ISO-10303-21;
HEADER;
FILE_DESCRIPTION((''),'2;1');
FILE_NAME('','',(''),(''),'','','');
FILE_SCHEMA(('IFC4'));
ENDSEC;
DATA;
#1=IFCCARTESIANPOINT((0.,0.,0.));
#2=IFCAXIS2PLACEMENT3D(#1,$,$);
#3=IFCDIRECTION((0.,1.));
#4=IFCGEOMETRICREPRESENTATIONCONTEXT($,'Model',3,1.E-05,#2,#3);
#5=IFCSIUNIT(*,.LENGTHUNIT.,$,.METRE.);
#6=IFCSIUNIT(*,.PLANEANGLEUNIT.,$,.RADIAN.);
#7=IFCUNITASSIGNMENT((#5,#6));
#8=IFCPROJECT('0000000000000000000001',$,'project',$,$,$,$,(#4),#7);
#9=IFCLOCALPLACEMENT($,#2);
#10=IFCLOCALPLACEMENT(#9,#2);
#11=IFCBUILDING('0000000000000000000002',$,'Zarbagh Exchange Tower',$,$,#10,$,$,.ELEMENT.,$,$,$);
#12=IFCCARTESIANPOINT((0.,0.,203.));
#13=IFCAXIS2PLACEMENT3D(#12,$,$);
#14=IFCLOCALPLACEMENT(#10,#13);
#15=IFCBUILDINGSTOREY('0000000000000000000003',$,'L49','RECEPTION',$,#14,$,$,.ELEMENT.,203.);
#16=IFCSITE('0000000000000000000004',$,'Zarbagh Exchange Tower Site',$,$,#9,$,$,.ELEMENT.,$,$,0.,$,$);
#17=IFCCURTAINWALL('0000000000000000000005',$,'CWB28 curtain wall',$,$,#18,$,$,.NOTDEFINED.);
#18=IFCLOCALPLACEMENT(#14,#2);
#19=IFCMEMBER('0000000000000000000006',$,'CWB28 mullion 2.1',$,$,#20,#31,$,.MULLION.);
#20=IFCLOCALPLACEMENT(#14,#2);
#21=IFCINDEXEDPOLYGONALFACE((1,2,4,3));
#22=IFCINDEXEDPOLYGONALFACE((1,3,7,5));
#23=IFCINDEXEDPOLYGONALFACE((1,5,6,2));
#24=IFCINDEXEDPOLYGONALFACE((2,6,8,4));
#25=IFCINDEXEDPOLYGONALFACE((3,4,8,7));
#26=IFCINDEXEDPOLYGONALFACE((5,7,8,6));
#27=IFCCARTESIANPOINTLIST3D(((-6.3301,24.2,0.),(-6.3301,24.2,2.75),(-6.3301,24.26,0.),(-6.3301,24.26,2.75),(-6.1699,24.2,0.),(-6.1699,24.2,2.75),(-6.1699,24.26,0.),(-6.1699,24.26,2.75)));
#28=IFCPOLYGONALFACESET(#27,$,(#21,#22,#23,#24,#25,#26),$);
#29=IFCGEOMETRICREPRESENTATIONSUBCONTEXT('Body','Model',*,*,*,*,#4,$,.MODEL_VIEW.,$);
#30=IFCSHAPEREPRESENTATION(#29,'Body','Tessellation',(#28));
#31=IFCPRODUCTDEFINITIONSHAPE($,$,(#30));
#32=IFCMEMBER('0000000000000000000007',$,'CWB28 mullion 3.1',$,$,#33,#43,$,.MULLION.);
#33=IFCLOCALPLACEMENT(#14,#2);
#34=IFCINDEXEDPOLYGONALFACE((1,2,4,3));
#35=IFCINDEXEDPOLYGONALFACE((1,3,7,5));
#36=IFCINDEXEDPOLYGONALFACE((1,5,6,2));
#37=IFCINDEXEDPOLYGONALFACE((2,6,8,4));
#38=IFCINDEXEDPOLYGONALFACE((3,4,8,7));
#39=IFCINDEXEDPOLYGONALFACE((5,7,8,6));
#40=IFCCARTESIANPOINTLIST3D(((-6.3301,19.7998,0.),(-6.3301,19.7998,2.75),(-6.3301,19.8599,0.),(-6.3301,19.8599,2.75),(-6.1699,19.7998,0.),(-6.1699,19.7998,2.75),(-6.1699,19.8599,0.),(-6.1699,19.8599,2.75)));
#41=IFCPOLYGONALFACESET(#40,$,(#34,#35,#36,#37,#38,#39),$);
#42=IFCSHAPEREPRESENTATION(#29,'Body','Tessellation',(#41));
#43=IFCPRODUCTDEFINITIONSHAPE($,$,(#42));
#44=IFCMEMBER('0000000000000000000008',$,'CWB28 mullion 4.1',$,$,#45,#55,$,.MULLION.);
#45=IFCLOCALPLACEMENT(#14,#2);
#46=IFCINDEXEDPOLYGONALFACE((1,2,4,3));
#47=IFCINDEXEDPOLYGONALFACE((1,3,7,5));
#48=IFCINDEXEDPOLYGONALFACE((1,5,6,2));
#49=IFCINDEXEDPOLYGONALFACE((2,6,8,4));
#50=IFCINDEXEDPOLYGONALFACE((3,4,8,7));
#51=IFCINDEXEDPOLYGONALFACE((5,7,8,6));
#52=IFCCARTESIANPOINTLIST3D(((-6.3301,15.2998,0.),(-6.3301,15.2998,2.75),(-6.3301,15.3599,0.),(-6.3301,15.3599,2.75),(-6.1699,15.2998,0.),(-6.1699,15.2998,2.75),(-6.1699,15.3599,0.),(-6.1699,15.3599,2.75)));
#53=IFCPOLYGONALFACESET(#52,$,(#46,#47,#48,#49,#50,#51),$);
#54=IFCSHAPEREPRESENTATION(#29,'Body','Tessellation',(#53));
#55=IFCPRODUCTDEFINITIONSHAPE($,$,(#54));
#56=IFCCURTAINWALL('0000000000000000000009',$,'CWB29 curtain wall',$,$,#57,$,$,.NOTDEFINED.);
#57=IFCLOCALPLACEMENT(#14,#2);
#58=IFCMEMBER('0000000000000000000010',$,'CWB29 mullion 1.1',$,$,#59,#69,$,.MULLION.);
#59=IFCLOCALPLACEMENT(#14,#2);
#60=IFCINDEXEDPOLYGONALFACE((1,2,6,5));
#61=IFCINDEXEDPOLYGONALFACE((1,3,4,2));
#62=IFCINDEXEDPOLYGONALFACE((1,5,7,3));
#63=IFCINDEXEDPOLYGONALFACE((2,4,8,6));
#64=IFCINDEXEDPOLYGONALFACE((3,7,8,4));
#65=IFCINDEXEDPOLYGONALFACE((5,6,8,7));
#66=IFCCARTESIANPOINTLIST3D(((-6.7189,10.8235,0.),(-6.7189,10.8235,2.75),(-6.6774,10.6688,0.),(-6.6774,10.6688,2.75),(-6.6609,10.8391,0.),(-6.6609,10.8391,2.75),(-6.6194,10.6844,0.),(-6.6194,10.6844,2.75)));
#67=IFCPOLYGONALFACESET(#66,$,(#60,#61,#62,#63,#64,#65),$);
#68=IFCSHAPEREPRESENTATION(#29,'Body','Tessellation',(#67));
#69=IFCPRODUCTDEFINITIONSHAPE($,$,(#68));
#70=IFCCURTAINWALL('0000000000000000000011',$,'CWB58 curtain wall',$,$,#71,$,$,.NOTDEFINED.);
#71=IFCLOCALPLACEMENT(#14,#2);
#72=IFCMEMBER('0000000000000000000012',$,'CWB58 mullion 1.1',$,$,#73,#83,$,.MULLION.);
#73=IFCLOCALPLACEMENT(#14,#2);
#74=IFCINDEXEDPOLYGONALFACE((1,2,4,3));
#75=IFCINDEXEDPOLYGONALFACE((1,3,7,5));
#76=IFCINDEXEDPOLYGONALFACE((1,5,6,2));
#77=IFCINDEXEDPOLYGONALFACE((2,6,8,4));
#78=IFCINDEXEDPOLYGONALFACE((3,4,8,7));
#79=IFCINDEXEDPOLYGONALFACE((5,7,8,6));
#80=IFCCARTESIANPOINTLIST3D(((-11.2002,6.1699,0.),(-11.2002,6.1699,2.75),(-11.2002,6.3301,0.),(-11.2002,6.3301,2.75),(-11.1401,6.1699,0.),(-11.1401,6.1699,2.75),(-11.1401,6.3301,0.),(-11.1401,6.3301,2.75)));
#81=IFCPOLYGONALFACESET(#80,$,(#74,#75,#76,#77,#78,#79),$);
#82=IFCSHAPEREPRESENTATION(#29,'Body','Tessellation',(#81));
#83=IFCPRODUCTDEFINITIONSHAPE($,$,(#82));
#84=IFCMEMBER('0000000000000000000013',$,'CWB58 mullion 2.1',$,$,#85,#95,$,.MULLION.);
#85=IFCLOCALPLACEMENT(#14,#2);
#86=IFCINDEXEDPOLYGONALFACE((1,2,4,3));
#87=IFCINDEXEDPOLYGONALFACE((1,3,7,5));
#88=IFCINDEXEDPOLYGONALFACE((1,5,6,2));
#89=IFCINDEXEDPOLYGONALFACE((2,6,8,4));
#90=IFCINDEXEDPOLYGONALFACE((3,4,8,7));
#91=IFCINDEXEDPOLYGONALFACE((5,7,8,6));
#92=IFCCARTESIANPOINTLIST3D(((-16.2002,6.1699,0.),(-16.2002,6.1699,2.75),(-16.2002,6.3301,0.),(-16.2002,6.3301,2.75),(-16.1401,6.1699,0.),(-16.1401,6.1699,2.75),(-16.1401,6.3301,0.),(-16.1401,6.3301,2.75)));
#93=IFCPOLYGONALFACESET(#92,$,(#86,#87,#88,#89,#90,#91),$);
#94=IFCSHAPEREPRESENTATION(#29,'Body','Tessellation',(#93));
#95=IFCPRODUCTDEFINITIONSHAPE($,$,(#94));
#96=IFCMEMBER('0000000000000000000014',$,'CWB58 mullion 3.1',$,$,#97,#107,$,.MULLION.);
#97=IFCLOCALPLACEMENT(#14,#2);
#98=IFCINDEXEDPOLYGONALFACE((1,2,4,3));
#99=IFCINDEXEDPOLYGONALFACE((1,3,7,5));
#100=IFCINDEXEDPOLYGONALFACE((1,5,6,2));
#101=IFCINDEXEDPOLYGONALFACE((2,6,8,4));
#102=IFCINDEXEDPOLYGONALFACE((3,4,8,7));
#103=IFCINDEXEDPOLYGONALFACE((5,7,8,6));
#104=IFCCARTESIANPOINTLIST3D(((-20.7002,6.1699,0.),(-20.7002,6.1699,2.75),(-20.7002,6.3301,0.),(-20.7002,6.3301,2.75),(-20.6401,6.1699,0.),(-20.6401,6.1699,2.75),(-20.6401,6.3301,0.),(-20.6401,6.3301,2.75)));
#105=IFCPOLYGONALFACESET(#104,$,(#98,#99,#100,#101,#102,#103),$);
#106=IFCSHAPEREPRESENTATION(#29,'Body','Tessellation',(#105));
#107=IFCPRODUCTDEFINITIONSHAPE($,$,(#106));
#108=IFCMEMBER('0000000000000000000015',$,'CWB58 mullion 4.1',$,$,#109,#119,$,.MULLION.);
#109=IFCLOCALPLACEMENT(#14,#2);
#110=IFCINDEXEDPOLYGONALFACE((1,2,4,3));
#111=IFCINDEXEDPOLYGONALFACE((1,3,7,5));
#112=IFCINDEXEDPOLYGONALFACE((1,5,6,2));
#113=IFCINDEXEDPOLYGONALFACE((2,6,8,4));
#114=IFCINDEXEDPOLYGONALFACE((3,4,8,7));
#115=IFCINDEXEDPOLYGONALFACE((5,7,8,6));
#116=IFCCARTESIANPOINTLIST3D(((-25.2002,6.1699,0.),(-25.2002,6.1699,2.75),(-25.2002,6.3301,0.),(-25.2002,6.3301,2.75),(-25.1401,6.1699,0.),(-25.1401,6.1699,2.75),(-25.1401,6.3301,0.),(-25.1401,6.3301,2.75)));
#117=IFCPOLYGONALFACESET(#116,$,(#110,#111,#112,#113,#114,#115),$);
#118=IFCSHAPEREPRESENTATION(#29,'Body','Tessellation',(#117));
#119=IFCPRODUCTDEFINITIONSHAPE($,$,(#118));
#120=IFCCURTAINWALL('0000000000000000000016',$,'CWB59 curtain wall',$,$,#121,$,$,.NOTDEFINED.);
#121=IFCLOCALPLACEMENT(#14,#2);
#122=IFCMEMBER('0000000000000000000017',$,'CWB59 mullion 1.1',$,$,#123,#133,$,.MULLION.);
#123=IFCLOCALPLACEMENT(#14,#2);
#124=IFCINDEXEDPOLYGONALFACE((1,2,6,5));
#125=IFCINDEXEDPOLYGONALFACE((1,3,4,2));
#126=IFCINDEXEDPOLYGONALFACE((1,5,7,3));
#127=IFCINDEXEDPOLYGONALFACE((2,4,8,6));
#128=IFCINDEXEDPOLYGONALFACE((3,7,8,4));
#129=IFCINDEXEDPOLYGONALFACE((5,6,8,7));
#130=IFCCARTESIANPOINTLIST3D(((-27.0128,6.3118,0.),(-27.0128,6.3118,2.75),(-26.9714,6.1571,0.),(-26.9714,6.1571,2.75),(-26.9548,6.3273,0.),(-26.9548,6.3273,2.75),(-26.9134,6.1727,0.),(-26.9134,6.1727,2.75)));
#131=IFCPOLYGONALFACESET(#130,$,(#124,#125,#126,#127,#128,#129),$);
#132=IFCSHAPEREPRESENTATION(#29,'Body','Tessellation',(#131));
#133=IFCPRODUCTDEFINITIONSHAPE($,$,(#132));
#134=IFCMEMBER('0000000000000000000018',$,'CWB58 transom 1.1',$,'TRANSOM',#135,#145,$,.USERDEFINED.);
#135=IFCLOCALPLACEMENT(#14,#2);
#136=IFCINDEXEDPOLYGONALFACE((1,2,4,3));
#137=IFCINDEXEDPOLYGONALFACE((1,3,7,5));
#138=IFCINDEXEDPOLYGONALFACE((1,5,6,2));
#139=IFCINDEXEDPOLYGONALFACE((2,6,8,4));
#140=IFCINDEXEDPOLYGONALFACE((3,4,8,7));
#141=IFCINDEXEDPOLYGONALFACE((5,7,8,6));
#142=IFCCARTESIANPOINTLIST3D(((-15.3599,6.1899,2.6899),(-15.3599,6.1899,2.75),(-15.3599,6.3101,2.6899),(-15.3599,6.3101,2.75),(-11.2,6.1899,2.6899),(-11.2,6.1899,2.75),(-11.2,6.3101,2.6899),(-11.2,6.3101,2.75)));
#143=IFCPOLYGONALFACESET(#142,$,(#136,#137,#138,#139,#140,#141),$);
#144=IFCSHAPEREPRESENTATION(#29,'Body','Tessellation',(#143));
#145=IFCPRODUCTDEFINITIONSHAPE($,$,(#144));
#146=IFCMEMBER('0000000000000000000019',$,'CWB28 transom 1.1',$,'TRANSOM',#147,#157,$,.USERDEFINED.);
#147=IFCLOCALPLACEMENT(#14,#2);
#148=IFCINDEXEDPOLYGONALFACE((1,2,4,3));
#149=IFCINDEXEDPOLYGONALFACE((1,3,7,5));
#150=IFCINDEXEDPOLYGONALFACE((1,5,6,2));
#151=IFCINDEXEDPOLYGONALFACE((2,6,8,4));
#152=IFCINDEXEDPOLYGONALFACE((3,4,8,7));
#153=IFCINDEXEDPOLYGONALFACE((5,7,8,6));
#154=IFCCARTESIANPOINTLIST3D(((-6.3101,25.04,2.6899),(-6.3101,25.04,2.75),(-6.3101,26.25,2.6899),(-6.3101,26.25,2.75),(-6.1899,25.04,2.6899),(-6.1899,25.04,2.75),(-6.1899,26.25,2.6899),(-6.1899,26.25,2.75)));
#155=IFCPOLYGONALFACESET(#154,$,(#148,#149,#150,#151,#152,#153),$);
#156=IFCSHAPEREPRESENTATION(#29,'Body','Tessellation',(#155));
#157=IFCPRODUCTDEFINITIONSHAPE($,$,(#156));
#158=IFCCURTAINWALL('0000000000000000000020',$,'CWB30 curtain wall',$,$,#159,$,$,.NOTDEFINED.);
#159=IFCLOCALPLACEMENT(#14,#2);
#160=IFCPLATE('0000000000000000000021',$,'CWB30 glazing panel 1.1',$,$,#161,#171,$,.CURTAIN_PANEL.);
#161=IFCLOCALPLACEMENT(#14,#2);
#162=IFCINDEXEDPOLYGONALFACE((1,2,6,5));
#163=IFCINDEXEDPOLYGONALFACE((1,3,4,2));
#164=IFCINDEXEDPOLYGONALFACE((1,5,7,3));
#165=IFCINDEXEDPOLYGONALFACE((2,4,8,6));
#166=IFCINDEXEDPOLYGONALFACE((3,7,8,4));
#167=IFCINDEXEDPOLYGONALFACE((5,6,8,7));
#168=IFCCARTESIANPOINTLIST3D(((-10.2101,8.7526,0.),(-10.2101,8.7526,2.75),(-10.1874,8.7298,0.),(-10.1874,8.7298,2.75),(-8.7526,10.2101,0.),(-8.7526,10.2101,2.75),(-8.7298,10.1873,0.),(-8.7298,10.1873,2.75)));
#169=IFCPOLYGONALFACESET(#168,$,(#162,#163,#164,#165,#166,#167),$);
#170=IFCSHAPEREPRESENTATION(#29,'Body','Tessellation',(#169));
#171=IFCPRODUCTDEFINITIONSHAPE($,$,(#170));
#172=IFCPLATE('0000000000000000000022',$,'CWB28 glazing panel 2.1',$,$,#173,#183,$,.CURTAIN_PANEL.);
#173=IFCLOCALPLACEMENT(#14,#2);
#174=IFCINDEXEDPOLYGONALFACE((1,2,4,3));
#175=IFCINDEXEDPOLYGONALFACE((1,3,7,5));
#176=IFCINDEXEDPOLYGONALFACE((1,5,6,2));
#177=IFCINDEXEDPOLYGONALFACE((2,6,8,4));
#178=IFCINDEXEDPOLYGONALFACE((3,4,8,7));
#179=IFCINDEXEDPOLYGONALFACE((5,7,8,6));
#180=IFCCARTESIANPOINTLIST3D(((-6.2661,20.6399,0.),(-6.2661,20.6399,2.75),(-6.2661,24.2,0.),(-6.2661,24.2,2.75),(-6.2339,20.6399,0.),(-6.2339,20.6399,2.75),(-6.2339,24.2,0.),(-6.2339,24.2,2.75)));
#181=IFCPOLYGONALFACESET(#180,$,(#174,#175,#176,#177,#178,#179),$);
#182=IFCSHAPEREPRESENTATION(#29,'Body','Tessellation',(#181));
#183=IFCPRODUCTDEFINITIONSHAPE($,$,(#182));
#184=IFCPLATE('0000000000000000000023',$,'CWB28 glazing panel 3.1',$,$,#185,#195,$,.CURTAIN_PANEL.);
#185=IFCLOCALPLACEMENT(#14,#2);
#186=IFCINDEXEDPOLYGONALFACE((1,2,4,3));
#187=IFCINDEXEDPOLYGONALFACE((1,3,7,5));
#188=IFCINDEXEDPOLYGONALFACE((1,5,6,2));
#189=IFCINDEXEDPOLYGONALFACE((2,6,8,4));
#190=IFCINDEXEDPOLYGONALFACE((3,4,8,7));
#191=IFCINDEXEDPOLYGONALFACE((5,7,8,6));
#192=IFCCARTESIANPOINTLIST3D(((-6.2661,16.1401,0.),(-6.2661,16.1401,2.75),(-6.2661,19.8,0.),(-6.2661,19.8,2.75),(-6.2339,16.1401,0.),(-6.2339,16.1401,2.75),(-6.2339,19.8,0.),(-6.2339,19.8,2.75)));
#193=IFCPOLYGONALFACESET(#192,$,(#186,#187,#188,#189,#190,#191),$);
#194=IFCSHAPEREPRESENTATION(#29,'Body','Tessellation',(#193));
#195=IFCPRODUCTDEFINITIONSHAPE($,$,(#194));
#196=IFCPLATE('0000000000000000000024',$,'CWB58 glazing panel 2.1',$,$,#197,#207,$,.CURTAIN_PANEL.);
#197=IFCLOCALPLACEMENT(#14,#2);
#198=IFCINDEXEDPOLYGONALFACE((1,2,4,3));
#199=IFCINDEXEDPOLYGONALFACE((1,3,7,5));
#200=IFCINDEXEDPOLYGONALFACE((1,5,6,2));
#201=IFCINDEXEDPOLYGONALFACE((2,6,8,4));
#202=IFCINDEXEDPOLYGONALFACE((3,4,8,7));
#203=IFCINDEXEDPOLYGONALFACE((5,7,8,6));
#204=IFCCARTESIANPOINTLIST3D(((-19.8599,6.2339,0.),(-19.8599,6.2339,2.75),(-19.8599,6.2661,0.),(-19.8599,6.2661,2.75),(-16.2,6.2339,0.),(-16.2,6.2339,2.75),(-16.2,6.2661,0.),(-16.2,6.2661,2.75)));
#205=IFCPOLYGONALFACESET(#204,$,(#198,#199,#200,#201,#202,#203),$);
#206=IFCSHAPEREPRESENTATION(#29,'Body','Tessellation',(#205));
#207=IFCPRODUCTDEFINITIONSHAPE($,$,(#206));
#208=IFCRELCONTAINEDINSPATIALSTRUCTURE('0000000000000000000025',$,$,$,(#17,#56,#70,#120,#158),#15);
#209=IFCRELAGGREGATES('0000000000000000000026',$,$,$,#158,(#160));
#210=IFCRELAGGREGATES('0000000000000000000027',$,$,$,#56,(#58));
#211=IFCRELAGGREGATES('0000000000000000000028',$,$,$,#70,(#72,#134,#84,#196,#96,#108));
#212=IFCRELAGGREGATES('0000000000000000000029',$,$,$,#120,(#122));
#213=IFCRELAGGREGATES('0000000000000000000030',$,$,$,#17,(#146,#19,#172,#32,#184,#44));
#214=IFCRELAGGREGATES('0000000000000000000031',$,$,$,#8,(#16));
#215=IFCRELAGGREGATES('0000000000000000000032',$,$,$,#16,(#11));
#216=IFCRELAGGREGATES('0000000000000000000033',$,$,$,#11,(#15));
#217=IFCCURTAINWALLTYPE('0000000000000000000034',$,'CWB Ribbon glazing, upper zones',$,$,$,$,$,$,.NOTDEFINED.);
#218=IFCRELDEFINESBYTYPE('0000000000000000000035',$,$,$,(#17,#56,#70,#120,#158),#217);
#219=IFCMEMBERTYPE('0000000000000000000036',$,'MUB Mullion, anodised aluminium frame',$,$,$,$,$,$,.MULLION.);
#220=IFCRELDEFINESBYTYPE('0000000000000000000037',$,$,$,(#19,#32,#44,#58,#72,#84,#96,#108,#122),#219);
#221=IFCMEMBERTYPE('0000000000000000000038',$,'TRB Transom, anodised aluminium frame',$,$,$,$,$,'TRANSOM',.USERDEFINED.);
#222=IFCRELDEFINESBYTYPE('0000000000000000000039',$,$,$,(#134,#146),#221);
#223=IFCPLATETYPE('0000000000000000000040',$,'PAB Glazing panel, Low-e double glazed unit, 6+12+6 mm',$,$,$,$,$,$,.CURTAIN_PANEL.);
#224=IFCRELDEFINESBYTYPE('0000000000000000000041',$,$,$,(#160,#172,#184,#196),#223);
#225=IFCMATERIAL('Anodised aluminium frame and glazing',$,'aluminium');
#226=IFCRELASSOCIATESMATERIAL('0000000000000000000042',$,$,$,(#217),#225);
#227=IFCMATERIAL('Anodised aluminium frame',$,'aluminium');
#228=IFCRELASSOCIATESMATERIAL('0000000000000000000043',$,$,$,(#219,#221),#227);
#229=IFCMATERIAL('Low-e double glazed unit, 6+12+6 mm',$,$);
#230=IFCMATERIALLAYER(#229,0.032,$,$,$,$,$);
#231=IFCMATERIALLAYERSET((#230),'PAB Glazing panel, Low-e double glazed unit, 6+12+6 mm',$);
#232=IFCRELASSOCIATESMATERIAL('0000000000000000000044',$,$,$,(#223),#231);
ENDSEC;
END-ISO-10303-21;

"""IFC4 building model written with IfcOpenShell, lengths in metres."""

from ifc_helpers import new_model, si_unit, direction, frame, origin, place, context, subcontext, project, spatial, polyline, outline, extrude, source, transform, mapped, material, layer, layer_set, type_object, element, aggregate, save


model = new_model("IFC4")

# Units and contexts
model_context = context("Model", 3, precision=1e-05, world=origin(), true_north=direction((0.0, 1.0)))
body_context = subcontext(model_context, "Body", "Model", "MODEL_VIEW")
ifc_project = project(units=[si_unit("LENGTHUNIT", "METRE"), si_unit("PLANEANGLEUNIT", "RADIAN")], contexts=[model_context])

# Site, building, storey
site_placement = place(None, origin())
site = spatial("IfcSite", under=ifc_project, at=site_placement, Name="Zarbagh Exchange Tower Site", CompositionType="ELEMENT", RefElevation=0.0)
building_placement = place(site_placement, origin())
building = spatial("IfcBuilding", under=site, at=building_placement, Name="Zarbagh Exchange Tower", CompositionType="ELEMENT")
storey_placement = place(building_placement, frame((0.0, 0.0, 203.0)))
storey = spatial("IfcBuildingStorey", under=building, at=storey_placement, Name="L49", Description="RECEPTION", CompositionType="ELEMENT", Elevation=203.0)

# Curtain wall, members
ifc_material_1 = material(Name="Anodised aluminium frame and glazing", Category="aluminium")
curtain_wall_type = type_object("IfcCurtainWallType", Name="CWB Ribbon glazing, upper zones", PredefinedType="NOTDEFINED", material=ifc_material_1)
curtain_wall_1_placement = place(storey_placement, origin())
curtain_wall_1 = element("IfcCurtainWall", 1, at=curtain_wall_1_placement, inside=storey, type_object=curtain_wall_type, Name="CWB28 curtain wall", PredefinedType="NOTDEFINED")
ifc_material_2 = material(Name="Anodised aluminium frame", Category="aluminium")
member_type_1 = type_object("IfcMemberType", Name="MUB Mullion, anodised aluminium frame", PredefinedType="MULLION", material=ifc_material_2)
shared_shape_1 = source(origin(), body_context, "Body", "SweptSolid", [
    extrude(outline(polyline([(0.0, -0.0801), (0.0601, -0.0801), (0.0601, 0.0801), (0.0, 0.0801), (0.0, -0.0801)])), origin(), (0.0, 0.0, 1.0), 2.75),
])
placement = place(storey_placement, origin())
member_1 = element("IfcMember", 2, at=placement, type_object=member_type_1, Name="CWB28 mullion 2.1", PredefinedType="MULLION", context=body_context, shape_type="MappedRepresentation", body=[
    mapped(shared_shape_1, transform((-6.25, 24.26, 0.0), x_axis=(0.0, -1.0, 0.0), y_axis=(1.0, 0.0, 0.0), z_axis=(0.0, 0.0, 1.0))),
])
member_2 = element("IfcMember", 3, at=placement, type_object=member_type_1, Name="CWB28 mullion 3.1", PredefinedType="MULLION", context=body_context, shape_type="MappedRepresentation", body=[
    mapped(shared_shape_1, transform((-6.25, 19.8599, 0.0), x_axis=(0.0, -1.0, 0.0), y_axis=(1.0, 0.0, 0.0), z_axis=(0.0, 0.0, 1.0))),
])
member_3 = element("IfcMember", 4, at=placement, type_object=member_type_1, Name="CWB28 mullion 4.1", PredefinedType="MULLION", context=body_context, shape_type="MappedRepresentation", body=[
    mapped(shared_shape_1, transform((-6.25, 15.3599, 0.0), x_axis=(0.0, -1.0, 0.0), y_axis=(1.0, 0.0, 0.0), z_axis=(0.0, 0.0, 1.0))),
])

# Curtain wall, member
curtain_wall_2_placement = place(storey_placement, origin())
curtain_wall_2 = element("IfcCurtainWall", 5, at=curtain_wall_2_placement, inside=storey, type_object=curtain_wall_type, Name="CWB29 curtain wall", PredefinedType="NOTDEFINED")
member_4 = element("IfcMember", 6, at=placement, type_object=member_type_1, Name="CWB29 mullion 1.1", PredefinedType="MULLION", context=body_context, shape_type="MappedRepresentation", body=[
    mapped(shared_shape_1, transform((-6.6401, 10.7617, 0.0), x_axis=(-0.965924, -0.258825, 0.0), y_axis=(0.258825, -0.965924, 0.0), z_axis=(0.0, 0.0, 1.0))),
])

# Curtain wall, members
curtain_wall_3_placement = place(storey_placement, origin())
curtain_wall_3 = element("IfcCurtainWall", 7, at=curtain_wall_3_placement, inside=storey, type_object=curtain_wall_type, Name="CWB58 curtain wall", PredefinedType="NOTDEFINED")
member_5 = element("IfcMember", 8, at=placement, type_object=member_type_1, Name="CWB58 mullion 1.1", PredefinedType="MULLION", context=body_context, shape_type="MappedRepresentation", body=[
    mapped(shared_shape_1, transform((-11.1401, 6.25, 0.0), x_axis=(-1.0, 0.0, 0.0), y_axis=(0.0, -1.0, 0.0), z_axis=(0.0, 0.0, 1.0))),
])
member_6 = element("IfcMember", 9, at=placement, type_object=member_type_1, Name="CWB58 mullion 2.1", PredefinedType="MULLION", context=body_context, shape_type="MappedRepresentation", body=[
    mapped(shared_shape_1, transform((-16.1401, 6.25, 0.0), x_axis=(-1.0, 0.0, 0.0), y_axis=(0.0, -1.0, 0.0), z_axis=(0.0, 0.0, 1.0))),
])
member_7 = element("IfcMember", 10, at=placement, type_object=member_type_1, Name="CWB58 mullion 3.1", PredefinedType="MULLION", context=body_context, shape_type="MappedRepresentation", body=[
    mapped(shared_shape_1, transform((-20.6401, 6.25, 0.0), x_axis=(-1.0, 0.0, 0.0), y_axis=(0.0, -1.0, 0.0), z_axis=(0.0, 0.0, 1.0))),
])
member_8 = element("IfcMember", 11, at=placement, type_object=member_type_1, Name="CWB58 mullion 4.1", PredefinedType="MULLION", context=body_context, shape_type="MappedRepresentation", body=[
    mapped(shared_shape_1, transform((-25.1401, 6.25, 0.0), x_axis=(-1.0, 0.0, 0.0), y_axis=(0.0, -1.0, 0.0), z_axis=(0.0, 0.0, 1.0))),
])

# Curtain wall, member
curtain_wall_4_placement = place(storey_placement, origin())
curtain_wall_4 = element("IfcCurtainWall", 12, at=curtain_wall_4_placement, inside=storey, type_object=curtain_wall_type, Name="CWB59 curtain wall", PredefinedType="NOTDEFINED")
member_9 = element("IfcMember", 13, at=placement, type_object=member_type_1, Name="CWB59 mullion 1.1", PredefinedType="MULLION", context=body_context, shape_type="MappedRepresentation", body=[
    mapped(shared_shape_1, transform((-26.9341, 6.25, 0.0), x_axis=(-0.965924, -0.258825, 0.0), y_axis=(0.258825, -0.965924, 0.0), z_axis=(0.0, 0.0, 1.0))),
])

# Members
member_type_2 = type_object("IfcMemberType", Name="TRB Transom, anodised aluminium frame", ElementType="TRANSOM", PredefinedType="USERDEFINED", material=ifc_material_2)
shared_shape_2 = source(origin(), body_context, "Body", "SweptSolid", [
    extrude(outline(polyline([(-0.0601, -0.0601), (0.0, -0.0601), (0.0, 0.0601), (-0.0601, 0.0601), (-0.0601, -0.0601)])), origin(), (0.0, 0.0, 1.0), 4.1599),
])
member_10 = element("IfcMember", 14, at=placement, type_object=member_type_2, Name="CWB58 transom 1.1", ObjectType="TRANSOM", PredefinedType="USERDEFINED", context=body_context, shape_type="MappedRepresentation", body=[
    mapped(shared_shape_2, transform((-11.2, 6.25, 2.75), x_axis=(0.0, 0.0, 1.0), y_axis=(0.0, 1.0, 0.0), z_axis=(-1.0, 0.0, 0.0))),
])
shared_shape_3 = source(origin(), body_context, "Body", "SweptSolid", [
    extrude(outline(polyline([(-0.0601, -0.0601), (0.0, -0.0601), (0.0, 0.0601), (-0.0601, 0.0601), (-0.0601, -0.0601)])), origin(), (0.0, 0.0, 1.0), 1.21),
])
member_11 = element("IfcMember", 15, at=placement, type_object=member_type_2, Name="CWB28 transom 1.1", ObjectType="TRANSOM", PredefinedType="USERDEFINED", context=body_context, shape_type="MappedRepresentation", body=[
    mapped(shared_shape_3, transform((-6.25, 26.25, 2.75), x_axis=(0.0, 0.0, 1.0), y_axis=(-1.0, 0.0, 0.0), z_axis=(0.0, -1.0, 0.0))),
])

# Curtain wall, plate
curtain_wall_5_placement = place(storey_placement, origin())
curtain_wall_5 = element("IfcCurtainWall", 16, at=curtain_wall_5_placement, inside=storey, type_object=curtain_wall_type, Name="CWB30 curtain wall", PredefinedType="NOTDEFINED")
ifc_material_3 = material(Name="Low-e double glazed unit, 6+12+6 mm")
ifc_layer = layer(ifc_material_3, 0.032)
ifc_layer_set = layer_set([ifc_layer], Name="PAB Glazing panel, Low-e double glazed unit, 6+12+6 mm")
plate_type = type_object("IfcPlateType", Name="PAB Glazing panel, Low-e double glazed unit, 6+12+6 mm", PredefinedType="CURTAIN_PANEL", material=ifc_layer_set)
shared_shape_4 = source(origin(), body_context, "Body", "SweptSolid", [
    extrude(outline(polyline([(0.0, -0.0161), (2.0613, -0.0161), (2.0613, 0.0161), (0.0, 0.0161), (0.0, -0.0161)])), origin(), (0.0, 0.0, 1.0), 2.75),
])
plate_1 = element("IfcPlate", 17, at=placement, type_object=plate_type, Name="CWB30 glazing panel 1.1", PredefinedType="CURTAIN_PANEL", context=body_context, shape_type="MappedRepresentation", body=[
    mapped(shared_shape_4, transform((-8.7412, 10.1987, 0.0), x_axis=(-0.707107, -0.707107, 0.0), y_axis=(0.707107, -0.707107, 0.0), z_axis=(0.0, 0.0, 1.0))),
])
aggregate(curtain_wall_5, [plate_1])

# Plates
shared_shape_5 = source(origin(), body_context, "Body", "SweptSolid", [
    extrude(outline(polyline([(0.0, -0.0161), (3.5601, -0.0161), (3.5601, 0.0161), (0.0, 0.0161), (0.0, -0.0161)])), origin(), (0.0, 0.0, 1.0), 2.75),
])
plate_2 = element("IfcPlate", 18, at=placement, type_object=plate_type, Name="CWB28 glazing panel 2.1", PredefinedType="CURTAIN_PANEL", context=body_context, shape_type="MappedRepresentation", body=[
    mapped(shared_shape_5, transform((-6.25, 24.2, 0.0), x_axis=(0.0, -1.0, 0.0), y_axis=(1.0, 0.0, 0.0), z_axis=(0.0, 0.0, 1.0))),
])
shared_shape_6 = source(origin(), body_context, "Body", "SweptSolid", [
    extrude(outline(polyline([(0.0, -0.0161), (3.6599, -0.0161), (3.6599, 0.0161), (0.0, 0.0161), (0.0, -0.0161)])), origin(), (0.0, 0.0, 1.0), 2.75),
])
plate_3 = element("IfcPlate", 19, at=placement, type_object=plate_type, Name="CWB28 glazing panel 3.1", PredefinedType="CURTAIN_PANEL", context=body_context, shape_type="MappedRepresentation", body=[
    mapped(shared_shape_6, transform((-6.25, 19.8, 0.0), x_axis=(0.0, -1.0, 0.0), y_axis=(1.0, 0.0, 0.0), z_axis=(0.0, 0.0, 1.0))),
])
plate_4 = element("IfcPlate", 20, at=placement, type_object=plate_type, Name="CWB58 glazing panel 2.1", PredefinedType="CURTAIN_PANEL", context=body_context, shape_type="MappedRepresentation", body=[
    mapped(shared_shape_6, transform((-16.2, 6.25, 0.0), x_axis=(-1.0, 0.0, 0.0), y_axis=(0.0, -1.0, 0.0), z_axis=(0.0, 0.0, 1.0))),
])
aggregate(curtain_wall_2, [member_4])

aggregate(curtain_wall_3, [member_5, member_10, member_6, plate_4, member_7, member_8])
aggregate(curtain_wall_4, [member_9])
aggregate(curtain_wall_1, [member_11, member_1, plate_2, member_2, plate_3, member_3])

save(model, "model.ifc")
